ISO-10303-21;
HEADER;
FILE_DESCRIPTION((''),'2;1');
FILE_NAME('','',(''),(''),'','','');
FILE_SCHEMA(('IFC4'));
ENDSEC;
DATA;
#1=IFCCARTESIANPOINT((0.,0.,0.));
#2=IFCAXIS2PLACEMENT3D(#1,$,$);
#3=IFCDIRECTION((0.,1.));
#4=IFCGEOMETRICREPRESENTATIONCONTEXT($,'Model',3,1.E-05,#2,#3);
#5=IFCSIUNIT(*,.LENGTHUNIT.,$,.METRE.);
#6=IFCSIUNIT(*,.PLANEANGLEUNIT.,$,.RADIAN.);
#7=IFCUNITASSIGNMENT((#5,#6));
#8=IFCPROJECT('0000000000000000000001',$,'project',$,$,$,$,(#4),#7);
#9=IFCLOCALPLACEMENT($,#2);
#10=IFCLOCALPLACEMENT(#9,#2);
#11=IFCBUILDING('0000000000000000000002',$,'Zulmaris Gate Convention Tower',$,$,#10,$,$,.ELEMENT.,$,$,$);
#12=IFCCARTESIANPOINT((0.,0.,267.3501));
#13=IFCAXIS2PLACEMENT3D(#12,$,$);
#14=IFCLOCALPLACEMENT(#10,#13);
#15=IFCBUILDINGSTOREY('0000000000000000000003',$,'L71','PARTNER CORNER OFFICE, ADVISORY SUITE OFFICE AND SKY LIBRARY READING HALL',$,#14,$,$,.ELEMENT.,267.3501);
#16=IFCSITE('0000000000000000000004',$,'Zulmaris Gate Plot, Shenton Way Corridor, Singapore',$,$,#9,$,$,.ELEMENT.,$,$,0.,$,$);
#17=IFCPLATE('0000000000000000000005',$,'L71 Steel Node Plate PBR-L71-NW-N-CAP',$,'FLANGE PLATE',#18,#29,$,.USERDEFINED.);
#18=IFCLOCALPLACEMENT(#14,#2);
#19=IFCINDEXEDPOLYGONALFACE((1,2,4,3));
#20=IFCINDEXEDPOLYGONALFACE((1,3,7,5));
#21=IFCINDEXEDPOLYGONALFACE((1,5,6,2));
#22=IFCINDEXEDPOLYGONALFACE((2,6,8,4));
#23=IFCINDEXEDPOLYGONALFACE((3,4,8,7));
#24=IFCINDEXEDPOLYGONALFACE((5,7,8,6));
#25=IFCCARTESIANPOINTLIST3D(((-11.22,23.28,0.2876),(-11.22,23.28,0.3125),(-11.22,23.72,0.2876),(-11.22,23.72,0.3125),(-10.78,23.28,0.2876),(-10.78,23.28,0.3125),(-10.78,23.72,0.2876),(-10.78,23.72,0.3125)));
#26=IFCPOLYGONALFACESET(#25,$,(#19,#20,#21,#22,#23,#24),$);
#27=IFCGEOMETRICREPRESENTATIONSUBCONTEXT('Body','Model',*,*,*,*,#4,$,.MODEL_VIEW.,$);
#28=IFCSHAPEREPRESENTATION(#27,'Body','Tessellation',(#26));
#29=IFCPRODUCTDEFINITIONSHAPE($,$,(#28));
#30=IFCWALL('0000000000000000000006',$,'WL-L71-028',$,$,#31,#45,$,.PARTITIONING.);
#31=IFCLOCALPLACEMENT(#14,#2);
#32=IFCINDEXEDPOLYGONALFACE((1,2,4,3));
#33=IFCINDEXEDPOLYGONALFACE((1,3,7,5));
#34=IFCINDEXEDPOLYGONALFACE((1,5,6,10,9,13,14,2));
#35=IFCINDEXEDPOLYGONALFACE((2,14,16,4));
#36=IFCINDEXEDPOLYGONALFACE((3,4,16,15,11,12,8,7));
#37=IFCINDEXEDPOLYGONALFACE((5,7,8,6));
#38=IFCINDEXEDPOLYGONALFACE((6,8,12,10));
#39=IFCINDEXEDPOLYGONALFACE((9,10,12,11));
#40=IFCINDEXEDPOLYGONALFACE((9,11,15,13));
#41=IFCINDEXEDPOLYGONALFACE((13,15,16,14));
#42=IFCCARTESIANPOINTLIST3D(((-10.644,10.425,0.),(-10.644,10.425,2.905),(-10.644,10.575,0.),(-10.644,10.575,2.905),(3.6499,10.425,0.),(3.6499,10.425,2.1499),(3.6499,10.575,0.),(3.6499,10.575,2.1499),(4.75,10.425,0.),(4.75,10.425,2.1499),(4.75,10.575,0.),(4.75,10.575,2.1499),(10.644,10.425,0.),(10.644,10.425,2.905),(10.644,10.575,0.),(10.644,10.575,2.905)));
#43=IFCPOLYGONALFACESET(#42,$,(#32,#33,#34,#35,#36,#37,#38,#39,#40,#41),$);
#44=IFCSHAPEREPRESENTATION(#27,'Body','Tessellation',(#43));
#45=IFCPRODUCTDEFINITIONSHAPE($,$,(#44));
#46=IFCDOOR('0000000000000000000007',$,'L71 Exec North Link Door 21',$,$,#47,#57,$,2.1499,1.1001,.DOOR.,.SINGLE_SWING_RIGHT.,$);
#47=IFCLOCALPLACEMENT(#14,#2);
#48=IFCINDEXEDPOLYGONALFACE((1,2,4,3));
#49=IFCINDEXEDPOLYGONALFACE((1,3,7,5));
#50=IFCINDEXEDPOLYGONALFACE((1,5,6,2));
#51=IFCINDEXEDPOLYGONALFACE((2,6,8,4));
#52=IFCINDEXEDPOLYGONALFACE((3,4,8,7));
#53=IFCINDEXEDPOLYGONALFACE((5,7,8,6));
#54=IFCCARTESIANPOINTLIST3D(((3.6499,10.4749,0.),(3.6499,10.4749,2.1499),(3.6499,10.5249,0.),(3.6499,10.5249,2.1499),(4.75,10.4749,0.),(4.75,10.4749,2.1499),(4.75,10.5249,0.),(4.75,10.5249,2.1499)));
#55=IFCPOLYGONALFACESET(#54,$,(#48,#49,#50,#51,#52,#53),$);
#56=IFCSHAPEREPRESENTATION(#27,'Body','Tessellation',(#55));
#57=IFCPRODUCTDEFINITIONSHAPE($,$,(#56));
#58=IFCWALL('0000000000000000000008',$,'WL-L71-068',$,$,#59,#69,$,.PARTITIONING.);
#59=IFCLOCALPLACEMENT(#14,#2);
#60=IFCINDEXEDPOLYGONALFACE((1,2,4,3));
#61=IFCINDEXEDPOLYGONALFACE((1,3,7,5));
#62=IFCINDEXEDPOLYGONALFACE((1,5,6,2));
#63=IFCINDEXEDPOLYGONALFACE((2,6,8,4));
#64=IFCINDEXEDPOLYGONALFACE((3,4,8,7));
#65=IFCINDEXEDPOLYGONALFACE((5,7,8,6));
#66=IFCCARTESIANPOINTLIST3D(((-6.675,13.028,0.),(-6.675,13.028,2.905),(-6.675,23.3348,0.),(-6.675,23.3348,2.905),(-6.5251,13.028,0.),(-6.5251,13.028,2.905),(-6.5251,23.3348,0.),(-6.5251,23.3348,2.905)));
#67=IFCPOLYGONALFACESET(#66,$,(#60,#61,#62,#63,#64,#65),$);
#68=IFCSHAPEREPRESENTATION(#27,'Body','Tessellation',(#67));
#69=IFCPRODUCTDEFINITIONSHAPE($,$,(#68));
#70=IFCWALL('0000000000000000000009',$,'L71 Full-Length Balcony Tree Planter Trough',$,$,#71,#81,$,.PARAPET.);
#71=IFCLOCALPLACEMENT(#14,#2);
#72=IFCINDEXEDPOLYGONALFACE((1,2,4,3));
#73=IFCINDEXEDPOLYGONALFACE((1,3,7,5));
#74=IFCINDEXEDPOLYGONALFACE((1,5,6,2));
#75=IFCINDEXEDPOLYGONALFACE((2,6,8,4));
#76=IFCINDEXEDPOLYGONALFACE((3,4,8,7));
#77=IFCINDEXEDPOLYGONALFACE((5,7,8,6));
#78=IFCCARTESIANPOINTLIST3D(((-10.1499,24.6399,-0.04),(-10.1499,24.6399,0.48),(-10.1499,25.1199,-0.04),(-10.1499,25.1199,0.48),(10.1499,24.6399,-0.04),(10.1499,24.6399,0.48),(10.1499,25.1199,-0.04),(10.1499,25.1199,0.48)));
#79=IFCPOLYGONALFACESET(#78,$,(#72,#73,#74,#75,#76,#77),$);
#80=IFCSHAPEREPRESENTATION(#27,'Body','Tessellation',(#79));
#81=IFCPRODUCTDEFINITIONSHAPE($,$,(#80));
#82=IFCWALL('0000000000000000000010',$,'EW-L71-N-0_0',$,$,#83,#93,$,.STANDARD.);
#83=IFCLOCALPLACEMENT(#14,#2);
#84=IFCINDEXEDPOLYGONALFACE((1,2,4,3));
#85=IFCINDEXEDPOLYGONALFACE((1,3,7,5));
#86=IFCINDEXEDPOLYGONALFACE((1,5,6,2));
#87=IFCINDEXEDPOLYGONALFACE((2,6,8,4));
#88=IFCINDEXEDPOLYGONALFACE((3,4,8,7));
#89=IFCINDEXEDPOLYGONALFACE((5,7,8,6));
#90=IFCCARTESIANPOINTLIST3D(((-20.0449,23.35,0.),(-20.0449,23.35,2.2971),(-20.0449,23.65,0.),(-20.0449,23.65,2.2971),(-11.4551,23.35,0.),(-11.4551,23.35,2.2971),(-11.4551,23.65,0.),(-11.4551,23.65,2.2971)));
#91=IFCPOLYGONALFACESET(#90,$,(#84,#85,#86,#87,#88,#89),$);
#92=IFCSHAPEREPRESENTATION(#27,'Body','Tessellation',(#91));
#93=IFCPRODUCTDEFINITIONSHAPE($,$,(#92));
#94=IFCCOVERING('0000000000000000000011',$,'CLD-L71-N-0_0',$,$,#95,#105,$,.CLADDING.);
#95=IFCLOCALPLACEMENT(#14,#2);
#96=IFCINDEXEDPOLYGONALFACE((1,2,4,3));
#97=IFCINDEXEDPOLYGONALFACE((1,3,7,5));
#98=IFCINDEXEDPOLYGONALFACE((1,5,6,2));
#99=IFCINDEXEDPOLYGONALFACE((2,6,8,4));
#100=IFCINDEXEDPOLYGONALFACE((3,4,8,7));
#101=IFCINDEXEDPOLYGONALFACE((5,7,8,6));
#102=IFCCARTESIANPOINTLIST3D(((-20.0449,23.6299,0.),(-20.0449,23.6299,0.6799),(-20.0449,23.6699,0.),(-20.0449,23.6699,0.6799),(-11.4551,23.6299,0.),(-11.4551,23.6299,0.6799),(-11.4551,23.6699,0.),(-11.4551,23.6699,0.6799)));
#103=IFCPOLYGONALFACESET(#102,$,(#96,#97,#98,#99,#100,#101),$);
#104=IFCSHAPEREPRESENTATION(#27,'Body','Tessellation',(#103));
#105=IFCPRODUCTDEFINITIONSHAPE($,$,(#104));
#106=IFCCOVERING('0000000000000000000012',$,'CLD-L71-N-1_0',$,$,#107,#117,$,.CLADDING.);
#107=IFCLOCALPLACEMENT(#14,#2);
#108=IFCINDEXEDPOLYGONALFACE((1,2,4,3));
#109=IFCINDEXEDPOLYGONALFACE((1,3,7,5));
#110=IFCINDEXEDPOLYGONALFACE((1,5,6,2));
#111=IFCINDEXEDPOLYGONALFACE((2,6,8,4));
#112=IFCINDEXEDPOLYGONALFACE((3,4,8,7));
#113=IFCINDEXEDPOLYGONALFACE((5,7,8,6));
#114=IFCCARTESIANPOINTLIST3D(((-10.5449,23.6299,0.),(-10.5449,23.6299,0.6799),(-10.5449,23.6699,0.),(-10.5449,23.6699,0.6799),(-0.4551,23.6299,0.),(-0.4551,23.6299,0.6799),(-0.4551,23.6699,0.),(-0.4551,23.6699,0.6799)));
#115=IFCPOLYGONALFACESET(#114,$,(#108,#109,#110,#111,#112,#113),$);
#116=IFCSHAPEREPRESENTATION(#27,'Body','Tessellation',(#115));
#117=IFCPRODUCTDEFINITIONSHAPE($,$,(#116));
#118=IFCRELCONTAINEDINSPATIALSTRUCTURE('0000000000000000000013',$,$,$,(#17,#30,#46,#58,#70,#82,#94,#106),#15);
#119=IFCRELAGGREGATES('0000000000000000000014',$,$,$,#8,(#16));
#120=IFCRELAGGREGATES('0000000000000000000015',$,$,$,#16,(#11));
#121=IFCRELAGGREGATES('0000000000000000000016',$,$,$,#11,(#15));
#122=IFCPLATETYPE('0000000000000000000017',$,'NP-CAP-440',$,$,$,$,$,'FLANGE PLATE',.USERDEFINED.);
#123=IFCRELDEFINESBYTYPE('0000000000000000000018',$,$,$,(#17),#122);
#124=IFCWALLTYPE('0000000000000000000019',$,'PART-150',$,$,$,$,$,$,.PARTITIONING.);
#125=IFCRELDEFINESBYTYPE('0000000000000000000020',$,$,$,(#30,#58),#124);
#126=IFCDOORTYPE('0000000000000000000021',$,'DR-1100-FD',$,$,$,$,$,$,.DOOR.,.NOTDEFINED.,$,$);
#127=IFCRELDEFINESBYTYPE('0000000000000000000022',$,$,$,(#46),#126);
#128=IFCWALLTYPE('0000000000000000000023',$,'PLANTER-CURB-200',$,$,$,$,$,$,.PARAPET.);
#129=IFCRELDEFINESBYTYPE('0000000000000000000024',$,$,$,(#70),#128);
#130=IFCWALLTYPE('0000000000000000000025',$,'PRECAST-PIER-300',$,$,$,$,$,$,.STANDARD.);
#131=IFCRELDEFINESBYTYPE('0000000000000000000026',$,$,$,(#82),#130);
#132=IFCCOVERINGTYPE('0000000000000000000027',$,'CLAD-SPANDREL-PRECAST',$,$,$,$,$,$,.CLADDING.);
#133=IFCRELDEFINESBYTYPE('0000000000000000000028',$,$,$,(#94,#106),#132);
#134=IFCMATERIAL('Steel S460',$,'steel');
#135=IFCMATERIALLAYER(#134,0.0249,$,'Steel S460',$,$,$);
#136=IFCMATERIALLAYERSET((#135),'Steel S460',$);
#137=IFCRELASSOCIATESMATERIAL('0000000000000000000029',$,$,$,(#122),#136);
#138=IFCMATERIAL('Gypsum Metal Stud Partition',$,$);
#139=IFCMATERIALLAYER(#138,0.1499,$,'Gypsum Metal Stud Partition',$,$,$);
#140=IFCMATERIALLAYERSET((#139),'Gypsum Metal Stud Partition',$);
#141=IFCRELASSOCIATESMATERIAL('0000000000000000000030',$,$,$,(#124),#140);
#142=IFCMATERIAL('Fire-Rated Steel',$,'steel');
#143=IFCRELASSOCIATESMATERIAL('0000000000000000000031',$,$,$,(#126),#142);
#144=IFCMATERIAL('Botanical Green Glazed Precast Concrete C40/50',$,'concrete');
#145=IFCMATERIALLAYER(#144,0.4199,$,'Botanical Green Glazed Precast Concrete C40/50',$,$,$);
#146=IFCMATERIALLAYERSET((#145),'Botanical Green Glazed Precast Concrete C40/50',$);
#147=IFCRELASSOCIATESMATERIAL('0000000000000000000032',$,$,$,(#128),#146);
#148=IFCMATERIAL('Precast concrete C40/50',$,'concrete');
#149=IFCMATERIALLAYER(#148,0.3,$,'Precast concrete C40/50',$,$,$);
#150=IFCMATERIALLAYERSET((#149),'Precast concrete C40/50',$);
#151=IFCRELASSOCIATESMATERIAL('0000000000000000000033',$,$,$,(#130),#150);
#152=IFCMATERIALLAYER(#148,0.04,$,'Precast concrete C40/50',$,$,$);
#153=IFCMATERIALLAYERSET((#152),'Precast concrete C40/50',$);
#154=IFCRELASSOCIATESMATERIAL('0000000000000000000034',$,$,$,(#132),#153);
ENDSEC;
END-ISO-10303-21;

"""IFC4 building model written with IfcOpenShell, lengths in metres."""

from ifc_helpers import new_model, si_unit, direction, frame, frame_2d, origin, origin_2d, place, context, subcontext, project, spatial, rectangle, extrude, material, layer, layer_set, type_object, element, fill, save


model = new_model("IFC4")

# Units and contexts
model_context = context("Model", 3, precision=1e-05, world=origin(), true_north=direction((0.0, 1.0)))
body_context = subcontext(model_context, "Body", "Model", "MODEL_VIEW")
ifc_project = project(units=[si_unit("LENGTHUNIT", "METRE"), si_unit("PLANEANGLEUNIT", "RADIAN")], contexts=[model_context])

# Site, building, storey
site_placement = place(None, origin())
site = spatial("IfcSite", under=ifc_project, at=site_placement, Name="Zulmaris Gate Plot, Shenton Way Corridor, Singapore", CompositionType="ELEMENT", RefElevation=0.0)
building_placement = place(site_placement, origin())
building = spatial("IfcBuilding", under=site, at=building_placement, Name="Zulmaris Gate Convention Tower", CompositionType="ELEMENT")
storey_placement = place(building_placement, frame((0.0, 0.0, 267.3501)))
storey = spatial("IfcBuildingStorey", under=building, at=storey_placement, Name="L71", Description="PARTNER CORNER OFFICE, ADVISORY SUITE OFFICE AND SKY LIBRARY READING HALL", CompositionType="ELEMENT", Elevation=267.3501)

# Plate
ifc_material_1 = material(Name="Steel S460", Category="steel")
ifc_layer_1 = layer(ifc_material_1, 0.0249, Name="Steel S460")
ifc_layer_set_1 = layer_set([ifc_layer_1], Name="Steel S460")
plate_type = type_object("IfcPlateType", Name="NP-CAP-440", ElementType="FLANGE PLATE", PredefinedType="USERDEFINED", material=ifc_layer_set_1)
plate_placement = place(storey_placement, frame((-11.0, 23.5, 0.2876), z_axis=(0.0, 0.0, 1.0), x_axis=(1.0, 0.0, 0.0)))
element("IfcPlate", 1, at=plate_placement, inside=storey, type_object=plate_type, Name="L71 Steel Node Plate PBR-L71-NW-N-CAP", ObjectType="FLANGE PLATE", PredefinedType="USERDEFINED", context=body_context, shape_type="SweptSolid", body=[
    extrude(rectangle(XDim=0.4399, YDim=0.4399, at=origin_2d()), origin(), (0.0, 0.0, 1.0), 0.0249),
])

# Wall, opening, door
ifc_material_2 = material(Name="Gypsum Metal Stud Partition")
ifc_layer_2 = layer(ifc_material_2, 0.1499, Name="Gypsum Metal Stud Partition")
ifc_layer_set_2 = layer_set([ifc_layer_2], Name="Gypsum Metal Stud Partition")
wall_type_1 = type_object("IfcWallType", Name="PART-150", PredefinedType="PARTITIONING", material=ifc_layer_set_2)
wall_1_placement = place(storey_placement, frame((-10.644, 10.5, 0.0), z_axis=(0.0, 0.0, 1.0), x_axis=(1.0, 0.0, 0.0)))
wall_1 = element("IfcWall", 2, at=wall_1_placement, inside=storey, type_object=wall_type_1, Name="WL-L71-028", PredefinedType="PARTITIONING", context=body_context, shape_type="SweptSolid", body=[
    extrude(rectangle(XDim=21.2881, YDim=0.1499, at=frame_2d((10.644, 0.0))), origin(), (0.0, 0.0, 1.0), 2.905),
])
opening_1_placement = place(wall_1_placement, frame((14.2939, 0.0, 0.0)))
opening_1 = element("IfcOpeningElement", 3, at=opening_1_placement, cuts=wall_1, PredefinedType="OPENING", context=body_context, shape_type="SweptSolid", body=[
    extrude(rectangle(XDim=1.1001, YDim=2.1499, at=frame_2d((0.55, 1.075))), frame((0.0, 0.085, 0.0), z_axis=(0.0, -1.0, 0.0), x_axis=(1.0, 0.0, 0.0)), (0.0, 0.0, 1.0), 0.1699),
])
ifc_material_3 = material(Name="Fire-Rated Steel", Category="steel")
door_type_1 = type_object("IfcDoorType", Name="DR-1100-FD", OperationType="NOTDEFINED", PredefinedType="DOOR", material=ifc_material_3)
door_1_placement = place(opening_1_placement, origin())
door_1 = element("IfcDoor", 4, at=door_1_placement, inside=storey, type_object=door_type_1, Name="L71 Exec North Link Door 21", OperationType="SINGLE_SWING_RIGHT", OverallHeight=2.1499, OverallWidth=1.1001, PredefinedType="DOOR", context=body_context, shape_type="SweptSolid", body=[
    extrude(rectangle(XDim=1.1001, YDim=2.1499, at=frame_2d((0.55, 1.075))), frame((0.0, 0.0249, 0.0), z_axis=(0.0, -1.0, 0.0), x_axis=(1.0, 0.0, 0.0)), (0.0, 0.0, 1.0), 0.05),
])
fill(opening_1, door_1)

# Walls
wall_2_placement = place(storey_placement, frame((-6.6001, 13.0281, 0.0), z_axis=(0.0, 0.0, 1.0), x_axis=(0.0, 1.0, 0.0)))
element("IfcWall", 5, at=wall_2_placement, inside=storey, type_object=wall_type_1, Name="WL-L71-068", PredefinedType="PARTITIONING", context=body_context, shape_type="SweptSolid", body=[
    extrude(rectangle(XDim=10.3069, YDim=0.1499, at=frame_2d((5.1533, 0.0))), origin(), (0.0, 0.0, 1.0), 2.905),
])
ifc_material_4 = material(Name="Botanical Green Glazed Precast Concrete C40/50", Category="concrete")
ifc_layer_3 = layer(ifc_material_4, 0.4199, Name="Botanical Green Glazed Precast Concrete C40/50")
ifc_layer_set_3 = layer_set([ifc_layer_3], Name="Botanical Green Glazed Precast Concrete C40/50")
wall_type_2 = type_object("IfcWallType", Name="PLANTER-CURB-200", PredefinedType="PARAPET", material=ifc_layer_set_3)
wall_3_placement = place(storey_placement, frame((-10.1499, 24.8799, -0.04), z_axis=(0.0, 0.0, 1.0), x_axis=(1.0, 0.0, 0.0)))
element("IfcWall", 6, at=wall_3_placement, inside=storey, type_object=wall_type_2, Name="L71 Full-Length Balcony Tree Planter Trough", PredefinedType="PARAPET", context=body_context, shape_type="SweptSolid", body=[
    extrude(rectangle(XDim=20.2998, YDim=0.48, at=frame_2d((10.1499, 0.0))), origin(), (0.0, 0.0, 1.0), 0.52),
])
ifc_material_5 = material(Name="Precast concrete C40/50", Category="concrete")
ifc_layer_4 = layer(ifc_material_5, 0.3, Name="Precast concrete C40/50")
ifc_layer_set_4 = layer_set([ifc_layer_4], Name="Precast concrete C40/50")
wall_type_3 = type_object("IfcWallType", Name="PRECAST-PIER-300", PredefinedType="STANDARD", material=ifc_layer_set_4)
wall_4_placement = place(storey_placement, frame((-11.4551, 23.5, 0.0), z_axis=(0.0, 0.0, 1.0), x_axis=(-1.0, 0.0, 0.0)))
element("IfcWall", 7, at=wall_4_placement, inside=storey, type_object=wall_type_3, Name="EW-L71-N-0_0", PredefinedType="STANDARD", context=body_context, shape_type="SweptSolid", body=[
    extrude(rectangle(XDim=8.5898, YDim=0.3, at=frame_2d((4.2949, 0.0))), origin(), (0.0, 0.0, 1.0), 2.2971),
])

# Coverings
ifc_layer_5 = layer(ifc_material_5, 0.04, Name="Precast concrete C40/50")
ifc_layer_set_5 = layer_set([ifc_layer_5], Name="Precast concrete C40/50")
covering_type = type_object("IfcCoveringType", Name="CLAD-SPANDREL-PRECAST", PredefinedType="CLADDING", material=ifc_layer_set_5)
covering_1_placement = place(storey_placement, frame((-11.4551, 23.6499, 0.0), z_axis=(0.0, 0.0, 1.0), x_axis=(-1.0, 0.0, 0.0)))
element("IfcCovering", 8, at=covering_1_placement, inside=storey, type_object=covering_type, Name="CLD-L71-N-0_0", PredefinedType="CLADDING", context=body_context, shape_type="SweptSolid", body=[
    extrude(rectangle(XDim=8.5898, YDim=0.04, at=frame_2d((4.2949, 0.0))), origin(), (0.0, 0.0, 1.0), 0.6799),
])
covering_2_placement = place(storey_placement, frame((-0.4551, 23.6499, 0.0), z_axis=(0.0, 0.0, 1.0), x_axis=(-1.0, 0.0, 0.0)))
element("IfcCovering", 9, at=covering_2_placement, inside=storey, type_object=covering_type, Name="CLD-L71-N-1_0", PredefinedType="CLADDING", context=body_context, shape_type="SweptSolid", body=[
    extrude(rectangle(XDim=10.0898, YDim=0.04, at=frame_2d((5.0449, 0.0))), origin(), (0.0, 0.0, 1.0), 0.6799),
])

save(model, "model.ifc")
